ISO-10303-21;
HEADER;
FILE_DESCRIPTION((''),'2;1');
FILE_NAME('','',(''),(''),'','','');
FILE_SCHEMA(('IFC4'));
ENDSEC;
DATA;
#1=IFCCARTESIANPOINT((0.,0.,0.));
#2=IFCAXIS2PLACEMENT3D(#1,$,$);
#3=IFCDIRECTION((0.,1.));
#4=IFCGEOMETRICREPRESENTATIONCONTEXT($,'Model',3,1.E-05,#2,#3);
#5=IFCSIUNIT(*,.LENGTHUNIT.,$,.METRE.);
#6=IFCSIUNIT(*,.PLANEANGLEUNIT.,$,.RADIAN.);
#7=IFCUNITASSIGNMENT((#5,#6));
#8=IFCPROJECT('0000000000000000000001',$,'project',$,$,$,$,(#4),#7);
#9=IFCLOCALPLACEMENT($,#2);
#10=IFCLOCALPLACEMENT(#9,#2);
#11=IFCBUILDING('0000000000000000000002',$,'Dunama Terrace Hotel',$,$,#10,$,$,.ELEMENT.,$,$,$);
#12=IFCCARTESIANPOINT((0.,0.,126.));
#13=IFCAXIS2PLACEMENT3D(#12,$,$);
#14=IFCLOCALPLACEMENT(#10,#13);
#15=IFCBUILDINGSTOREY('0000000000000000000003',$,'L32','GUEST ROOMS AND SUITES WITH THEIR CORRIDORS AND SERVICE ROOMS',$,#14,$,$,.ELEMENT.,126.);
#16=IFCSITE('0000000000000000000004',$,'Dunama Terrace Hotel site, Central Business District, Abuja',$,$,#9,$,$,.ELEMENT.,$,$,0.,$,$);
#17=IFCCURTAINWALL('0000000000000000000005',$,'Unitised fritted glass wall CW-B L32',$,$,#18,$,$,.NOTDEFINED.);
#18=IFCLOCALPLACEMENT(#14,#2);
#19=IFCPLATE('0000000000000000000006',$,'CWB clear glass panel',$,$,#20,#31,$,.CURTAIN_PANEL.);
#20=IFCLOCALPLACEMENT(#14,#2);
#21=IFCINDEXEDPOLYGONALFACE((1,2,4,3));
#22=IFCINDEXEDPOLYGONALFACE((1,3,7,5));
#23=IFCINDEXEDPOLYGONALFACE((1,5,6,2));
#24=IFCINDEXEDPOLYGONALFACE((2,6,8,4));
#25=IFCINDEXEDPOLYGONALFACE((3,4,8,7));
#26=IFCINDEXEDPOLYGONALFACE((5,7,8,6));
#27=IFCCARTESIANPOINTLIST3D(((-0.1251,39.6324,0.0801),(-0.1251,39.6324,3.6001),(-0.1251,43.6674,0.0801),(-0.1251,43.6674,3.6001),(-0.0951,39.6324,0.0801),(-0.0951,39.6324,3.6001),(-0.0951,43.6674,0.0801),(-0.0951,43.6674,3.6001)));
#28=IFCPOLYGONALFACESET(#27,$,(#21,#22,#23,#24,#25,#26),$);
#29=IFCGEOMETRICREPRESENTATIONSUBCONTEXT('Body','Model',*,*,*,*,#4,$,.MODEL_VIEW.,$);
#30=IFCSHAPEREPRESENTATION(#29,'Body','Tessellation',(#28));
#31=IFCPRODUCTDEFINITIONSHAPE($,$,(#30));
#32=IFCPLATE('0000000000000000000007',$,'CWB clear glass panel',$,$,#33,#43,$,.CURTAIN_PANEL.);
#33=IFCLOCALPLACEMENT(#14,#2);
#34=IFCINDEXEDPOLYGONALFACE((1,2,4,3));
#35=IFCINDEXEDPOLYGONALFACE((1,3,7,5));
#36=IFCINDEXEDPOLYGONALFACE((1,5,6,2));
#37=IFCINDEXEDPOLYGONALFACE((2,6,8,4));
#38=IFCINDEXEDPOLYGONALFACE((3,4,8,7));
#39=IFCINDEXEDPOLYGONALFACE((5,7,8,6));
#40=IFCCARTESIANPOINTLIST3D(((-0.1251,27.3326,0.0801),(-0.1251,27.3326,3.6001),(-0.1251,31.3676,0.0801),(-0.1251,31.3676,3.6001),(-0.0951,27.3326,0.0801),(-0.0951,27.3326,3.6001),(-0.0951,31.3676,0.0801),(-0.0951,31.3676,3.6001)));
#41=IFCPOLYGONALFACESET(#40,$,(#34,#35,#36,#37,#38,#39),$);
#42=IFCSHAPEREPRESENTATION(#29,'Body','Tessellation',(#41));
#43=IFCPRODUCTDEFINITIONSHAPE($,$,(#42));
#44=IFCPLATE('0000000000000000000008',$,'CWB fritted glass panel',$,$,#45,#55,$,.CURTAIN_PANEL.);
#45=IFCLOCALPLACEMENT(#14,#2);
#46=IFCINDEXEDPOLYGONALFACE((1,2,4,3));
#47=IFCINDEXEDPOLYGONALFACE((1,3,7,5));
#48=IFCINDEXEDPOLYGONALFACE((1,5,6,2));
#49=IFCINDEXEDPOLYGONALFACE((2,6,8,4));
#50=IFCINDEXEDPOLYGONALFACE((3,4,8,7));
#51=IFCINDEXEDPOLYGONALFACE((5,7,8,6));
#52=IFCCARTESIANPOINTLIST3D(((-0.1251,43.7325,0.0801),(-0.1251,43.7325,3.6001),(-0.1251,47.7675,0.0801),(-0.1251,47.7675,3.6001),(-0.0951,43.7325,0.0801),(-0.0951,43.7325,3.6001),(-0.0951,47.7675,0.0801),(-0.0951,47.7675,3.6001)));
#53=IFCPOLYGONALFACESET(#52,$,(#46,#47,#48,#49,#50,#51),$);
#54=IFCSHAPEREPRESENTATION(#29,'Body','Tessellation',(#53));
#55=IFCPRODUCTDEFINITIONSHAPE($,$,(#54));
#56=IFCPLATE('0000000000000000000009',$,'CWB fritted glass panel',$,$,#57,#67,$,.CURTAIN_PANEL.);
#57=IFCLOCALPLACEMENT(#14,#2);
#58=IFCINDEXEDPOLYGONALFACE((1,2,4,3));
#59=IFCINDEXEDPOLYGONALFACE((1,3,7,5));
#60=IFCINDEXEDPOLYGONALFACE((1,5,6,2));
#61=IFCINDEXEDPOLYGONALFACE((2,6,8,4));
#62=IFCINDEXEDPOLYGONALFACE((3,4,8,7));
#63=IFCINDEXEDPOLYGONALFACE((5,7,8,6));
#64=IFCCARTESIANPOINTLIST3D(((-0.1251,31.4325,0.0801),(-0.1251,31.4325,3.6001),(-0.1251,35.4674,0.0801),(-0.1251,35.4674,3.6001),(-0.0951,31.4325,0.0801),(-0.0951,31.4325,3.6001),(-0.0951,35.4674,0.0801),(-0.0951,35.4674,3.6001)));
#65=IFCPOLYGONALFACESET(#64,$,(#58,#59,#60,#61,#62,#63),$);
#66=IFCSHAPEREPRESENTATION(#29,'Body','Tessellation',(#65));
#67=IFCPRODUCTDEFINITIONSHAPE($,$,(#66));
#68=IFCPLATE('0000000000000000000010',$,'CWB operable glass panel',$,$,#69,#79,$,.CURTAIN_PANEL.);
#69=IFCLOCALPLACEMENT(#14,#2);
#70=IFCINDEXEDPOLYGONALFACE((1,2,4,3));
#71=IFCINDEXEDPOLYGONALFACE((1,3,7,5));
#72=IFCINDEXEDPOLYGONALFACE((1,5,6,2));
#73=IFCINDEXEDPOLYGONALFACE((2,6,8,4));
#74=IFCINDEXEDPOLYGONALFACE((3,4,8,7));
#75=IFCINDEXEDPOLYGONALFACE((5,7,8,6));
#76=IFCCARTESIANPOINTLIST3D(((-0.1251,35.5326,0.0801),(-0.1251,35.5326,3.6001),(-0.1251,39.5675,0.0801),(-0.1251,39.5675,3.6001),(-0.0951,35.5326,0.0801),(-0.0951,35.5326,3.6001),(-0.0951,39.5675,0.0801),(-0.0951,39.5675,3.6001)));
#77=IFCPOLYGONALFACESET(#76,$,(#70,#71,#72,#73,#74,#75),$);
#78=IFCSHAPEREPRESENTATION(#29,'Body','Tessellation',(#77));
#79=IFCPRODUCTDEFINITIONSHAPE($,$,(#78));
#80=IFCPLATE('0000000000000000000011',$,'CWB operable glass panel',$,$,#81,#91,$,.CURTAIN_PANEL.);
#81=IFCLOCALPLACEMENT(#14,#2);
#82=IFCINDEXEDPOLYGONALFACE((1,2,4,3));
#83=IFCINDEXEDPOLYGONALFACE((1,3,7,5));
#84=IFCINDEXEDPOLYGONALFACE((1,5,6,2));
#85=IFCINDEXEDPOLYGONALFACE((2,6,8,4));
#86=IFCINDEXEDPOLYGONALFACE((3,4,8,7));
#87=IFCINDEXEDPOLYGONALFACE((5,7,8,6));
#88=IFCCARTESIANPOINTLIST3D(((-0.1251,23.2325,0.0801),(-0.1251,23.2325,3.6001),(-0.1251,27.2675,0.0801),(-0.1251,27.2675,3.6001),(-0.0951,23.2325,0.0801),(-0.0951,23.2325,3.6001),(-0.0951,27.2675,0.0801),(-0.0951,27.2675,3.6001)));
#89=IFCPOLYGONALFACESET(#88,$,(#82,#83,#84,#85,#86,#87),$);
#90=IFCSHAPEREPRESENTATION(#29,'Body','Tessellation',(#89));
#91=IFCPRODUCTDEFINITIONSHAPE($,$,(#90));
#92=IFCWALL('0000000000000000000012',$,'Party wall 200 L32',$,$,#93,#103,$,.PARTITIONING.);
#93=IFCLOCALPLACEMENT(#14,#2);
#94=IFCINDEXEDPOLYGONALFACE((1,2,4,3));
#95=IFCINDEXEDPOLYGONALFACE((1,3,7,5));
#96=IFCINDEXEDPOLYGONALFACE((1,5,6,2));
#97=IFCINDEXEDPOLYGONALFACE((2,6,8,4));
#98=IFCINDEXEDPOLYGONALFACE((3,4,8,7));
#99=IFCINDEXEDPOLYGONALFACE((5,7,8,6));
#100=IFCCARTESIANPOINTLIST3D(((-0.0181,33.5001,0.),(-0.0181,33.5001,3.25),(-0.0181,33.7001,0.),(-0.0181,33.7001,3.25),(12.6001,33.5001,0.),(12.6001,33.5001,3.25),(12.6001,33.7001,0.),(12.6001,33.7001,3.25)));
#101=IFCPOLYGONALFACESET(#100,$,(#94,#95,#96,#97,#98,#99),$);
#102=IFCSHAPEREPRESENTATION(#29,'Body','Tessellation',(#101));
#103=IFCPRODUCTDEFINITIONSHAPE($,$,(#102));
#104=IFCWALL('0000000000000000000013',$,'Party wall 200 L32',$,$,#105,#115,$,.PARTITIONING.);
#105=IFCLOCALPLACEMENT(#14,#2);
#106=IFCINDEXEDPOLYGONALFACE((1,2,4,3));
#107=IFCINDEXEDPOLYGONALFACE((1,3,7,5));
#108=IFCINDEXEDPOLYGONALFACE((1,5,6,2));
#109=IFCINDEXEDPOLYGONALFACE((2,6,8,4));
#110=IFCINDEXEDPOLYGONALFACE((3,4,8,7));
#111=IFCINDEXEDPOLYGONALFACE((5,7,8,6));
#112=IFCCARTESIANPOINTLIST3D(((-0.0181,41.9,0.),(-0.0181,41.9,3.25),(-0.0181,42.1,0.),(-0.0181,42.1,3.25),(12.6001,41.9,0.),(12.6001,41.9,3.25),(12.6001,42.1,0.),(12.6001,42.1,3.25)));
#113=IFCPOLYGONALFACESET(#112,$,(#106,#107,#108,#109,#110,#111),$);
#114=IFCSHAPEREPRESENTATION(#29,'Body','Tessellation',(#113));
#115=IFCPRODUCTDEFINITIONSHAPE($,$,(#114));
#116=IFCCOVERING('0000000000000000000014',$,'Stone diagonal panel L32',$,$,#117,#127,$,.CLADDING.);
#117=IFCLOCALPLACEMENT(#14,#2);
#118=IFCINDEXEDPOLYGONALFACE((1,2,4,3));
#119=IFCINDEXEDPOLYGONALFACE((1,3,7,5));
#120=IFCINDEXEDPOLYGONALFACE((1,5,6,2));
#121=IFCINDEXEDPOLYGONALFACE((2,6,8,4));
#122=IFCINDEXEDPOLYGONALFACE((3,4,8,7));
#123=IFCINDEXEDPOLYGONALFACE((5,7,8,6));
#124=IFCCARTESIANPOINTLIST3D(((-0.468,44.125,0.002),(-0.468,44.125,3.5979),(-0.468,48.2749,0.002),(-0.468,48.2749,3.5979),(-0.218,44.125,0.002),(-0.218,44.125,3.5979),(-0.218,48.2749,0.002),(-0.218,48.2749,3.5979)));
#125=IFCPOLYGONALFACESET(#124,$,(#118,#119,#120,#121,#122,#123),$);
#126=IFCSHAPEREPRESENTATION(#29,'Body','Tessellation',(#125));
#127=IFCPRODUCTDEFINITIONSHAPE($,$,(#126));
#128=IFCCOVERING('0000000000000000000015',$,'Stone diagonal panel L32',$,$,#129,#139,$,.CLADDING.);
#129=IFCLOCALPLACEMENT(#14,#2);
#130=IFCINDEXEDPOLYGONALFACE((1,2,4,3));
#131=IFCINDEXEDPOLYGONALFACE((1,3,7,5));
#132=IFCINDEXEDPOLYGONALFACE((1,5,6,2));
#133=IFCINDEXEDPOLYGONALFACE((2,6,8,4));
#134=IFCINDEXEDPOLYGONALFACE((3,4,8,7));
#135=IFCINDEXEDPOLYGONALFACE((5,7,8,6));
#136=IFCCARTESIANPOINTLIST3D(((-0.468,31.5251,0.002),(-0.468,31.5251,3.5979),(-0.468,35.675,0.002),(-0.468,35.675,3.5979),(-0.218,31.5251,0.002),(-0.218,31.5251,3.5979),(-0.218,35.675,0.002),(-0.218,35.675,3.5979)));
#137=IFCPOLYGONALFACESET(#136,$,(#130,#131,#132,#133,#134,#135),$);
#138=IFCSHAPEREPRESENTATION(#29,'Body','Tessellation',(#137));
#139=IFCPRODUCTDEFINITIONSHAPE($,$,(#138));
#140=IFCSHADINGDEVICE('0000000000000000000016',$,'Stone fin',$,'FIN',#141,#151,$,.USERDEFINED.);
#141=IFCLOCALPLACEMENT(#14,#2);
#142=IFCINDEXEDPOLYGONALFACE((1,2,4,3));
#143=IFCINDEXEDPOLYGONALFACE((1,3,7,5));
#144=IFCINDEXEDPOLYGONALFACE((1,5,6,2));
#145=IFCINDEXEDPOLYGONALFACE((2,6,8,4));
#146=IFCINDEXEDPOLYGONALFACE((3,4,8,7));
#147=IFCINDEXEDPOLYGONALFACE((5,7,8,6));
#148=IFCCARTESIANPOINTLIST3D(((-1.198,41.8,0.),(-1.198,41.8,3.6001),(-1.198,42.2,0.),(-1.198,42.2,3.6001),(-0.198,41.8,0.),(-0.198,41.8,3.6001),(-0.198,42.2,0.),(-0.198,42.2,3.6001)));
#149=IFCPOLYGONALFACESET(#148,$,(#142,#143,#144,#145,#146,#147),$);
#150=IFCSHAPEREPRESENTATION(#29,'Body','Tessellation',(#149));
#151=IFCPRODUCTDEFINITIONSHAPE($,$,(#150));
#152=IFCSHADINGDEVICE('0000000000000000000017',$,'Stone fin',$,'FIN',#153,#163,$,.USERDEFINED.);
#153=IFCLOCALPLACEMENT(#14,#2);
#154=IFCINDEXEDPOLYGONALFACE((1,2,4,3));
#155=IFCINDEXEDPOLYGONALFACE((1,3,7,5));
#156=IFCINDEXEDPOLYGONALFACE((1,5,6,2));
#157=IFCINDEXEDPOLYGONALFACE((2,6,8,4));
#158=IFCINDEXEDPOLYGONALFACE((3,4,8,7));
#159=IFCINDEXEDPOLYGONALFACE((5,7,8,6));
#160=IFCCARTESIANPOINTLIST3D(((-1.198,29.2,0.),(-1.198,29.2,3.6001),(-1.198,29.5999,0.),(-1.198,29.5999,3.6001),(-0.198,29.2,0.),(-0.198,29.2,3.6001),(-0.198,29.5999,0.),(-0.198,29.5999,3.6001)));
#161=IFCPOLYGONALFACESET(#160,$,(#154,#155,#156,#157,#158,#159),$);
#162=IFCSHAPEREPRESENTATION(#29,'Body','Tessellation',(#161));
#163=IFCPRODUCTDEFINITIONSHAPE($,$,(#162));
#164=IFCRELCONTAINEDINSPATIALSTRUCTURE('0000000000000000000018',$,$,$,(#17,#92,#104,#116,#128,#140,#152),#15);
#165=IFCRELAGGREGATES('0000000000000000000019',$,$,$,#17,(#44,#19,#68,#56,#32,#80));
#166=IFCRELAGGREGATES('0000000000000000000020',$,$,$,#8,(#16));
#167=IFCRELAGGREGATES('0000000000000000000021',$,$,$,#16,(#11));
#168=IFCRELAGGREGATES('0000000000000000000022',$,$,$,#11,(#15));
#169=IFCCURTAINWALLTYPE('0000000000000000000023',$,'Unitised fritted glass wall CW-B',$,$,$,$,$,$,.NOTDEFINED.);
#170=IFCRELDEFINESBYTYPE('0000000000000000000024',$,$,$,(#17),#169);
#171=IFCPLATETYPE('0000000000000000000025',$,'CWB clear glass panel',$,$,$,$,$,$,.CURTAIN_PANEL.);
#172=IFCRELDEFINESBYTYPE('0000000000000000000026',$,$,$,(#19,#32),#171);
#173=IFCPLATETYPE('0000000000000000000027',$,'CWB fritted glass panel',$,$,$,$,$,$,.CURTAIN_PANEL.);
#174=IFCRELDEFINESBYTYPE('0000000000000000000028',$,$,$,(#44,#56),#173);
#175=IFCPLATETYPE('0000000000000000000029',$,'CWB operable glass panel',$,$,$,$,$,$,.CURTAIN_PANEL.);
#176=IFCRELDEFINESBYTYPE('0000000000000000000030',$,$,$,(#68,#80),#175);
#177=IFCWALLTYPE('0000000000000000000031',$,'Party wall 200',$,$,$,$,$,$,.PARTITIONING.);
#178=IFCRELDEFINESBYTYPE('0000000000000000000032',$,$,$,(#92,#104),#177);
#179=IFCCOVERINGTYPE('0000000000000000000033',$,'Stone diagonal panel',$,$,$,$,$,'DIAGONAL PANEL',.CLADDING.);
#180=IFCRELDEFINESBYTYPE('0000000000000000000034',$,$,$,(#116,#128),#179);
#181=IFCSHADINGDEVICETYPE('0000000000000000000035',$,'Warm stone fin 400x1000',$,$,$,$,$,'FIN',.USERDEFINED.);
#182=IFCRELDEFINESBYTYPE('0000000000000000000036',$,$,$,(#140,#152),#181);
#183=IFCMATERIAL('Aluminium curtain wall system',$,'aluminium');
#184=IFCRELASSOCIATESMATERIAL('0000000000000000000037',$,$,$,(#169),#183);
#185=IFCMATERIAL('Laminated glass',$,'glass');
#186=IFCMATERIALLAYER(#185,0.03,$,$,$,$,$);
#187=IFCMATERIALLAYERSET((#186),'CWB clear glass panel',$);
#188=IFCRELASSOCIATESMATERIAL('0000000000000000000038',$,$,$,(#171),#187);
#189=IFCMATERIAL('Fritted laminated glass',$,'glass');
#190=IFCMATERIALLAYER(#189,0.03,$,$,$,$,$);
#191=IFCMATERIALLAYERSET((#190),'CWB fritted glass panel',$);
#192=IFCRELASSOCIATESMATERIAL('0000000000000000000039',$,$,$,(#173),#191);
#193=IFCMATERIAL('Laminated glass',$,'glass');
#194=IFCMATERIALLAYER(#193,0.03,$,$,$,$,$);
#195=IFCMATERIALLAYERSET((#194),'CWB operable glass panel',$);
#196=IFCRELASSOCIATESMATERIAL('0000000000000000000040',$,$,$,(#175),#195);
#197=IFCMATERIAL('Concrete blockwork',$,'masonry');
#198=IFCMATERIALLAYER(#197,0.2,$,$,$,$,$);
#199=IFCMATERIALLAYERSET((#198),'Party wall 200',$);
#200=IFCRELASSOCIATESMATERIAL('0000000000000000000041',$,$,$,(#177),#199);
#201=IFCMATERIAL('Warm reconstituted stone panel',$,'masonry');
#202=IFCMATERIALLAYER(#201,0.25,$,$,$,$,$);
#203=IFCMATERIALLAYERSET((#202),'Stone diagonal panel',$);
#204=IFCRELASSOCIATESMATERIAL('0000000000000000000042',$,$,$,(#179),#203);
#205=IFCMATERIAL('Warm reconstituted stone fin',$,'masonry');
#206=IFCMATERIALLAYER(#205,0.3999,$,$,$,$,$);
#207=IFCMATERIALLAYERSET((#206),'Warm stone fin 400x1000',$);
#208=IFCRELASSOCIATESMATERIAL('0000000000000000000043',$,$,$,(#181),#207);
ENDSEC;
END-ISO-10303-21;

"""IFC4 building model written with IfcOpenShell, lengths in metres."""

from ifc_helpers import new_model, si_unit, direction, frame, frame_2d, origin, origin_2d, place, context, subcontext, project, spatial, rectangle, extrude, material, layer, layer_set, type_object, element, aggregate, save


model = new_model("IFC4")

# Units and contexts
model_context = context("Model", 3, precision=1e-05, world=origin(), true_north=direction((0.0, 1.0)))
body_context = subcontext(model_context, "Body", "Model", "MODEL_VIEW")
ifc_project = project(units=[si_unit("LENGTHUNIT", "METRE"), si_unit("PLANEANGLEUNIT", "RADIAN")], contexts=[model_context])

# Site, building, storey
site_placement = place(None, origin())
site = spatial("IfcSite", under=ifc_project, at=site_placement, Name="Dunama Terrace Hotel site, Central Business District, Abuja", CompositionType="ELEMENT", RefElevation=0.0)
building_placement = place(site_placement, origin())
building = spatial("IfcBuilding", under=site, at=building_placement, Name="Dunama Terrace Hotel", CompositionType="ELEMENT")
storey_placement = place(building_placement, frame((0.0, 0.0, 126.0)))
storey = spatial("IfcBuildingStorey", under=building, at=storey_placement, Name="L32", Description="GUEST ROOMS AND SUITES WITH THEIR CORRIDORS AND SERVICE ROOMS", CompositionType="ELEMENT", Elevation=126.0)

# Curtain wall
ifc_material_1 = material(Name="Aluminium curtain wall system", Category="aluminium")
curtain_wall_type = type_object("IfcCurtainWallType", Name="Unitised fritted glass wall CW-B", PredefinedType="NOTDEFINED", material=ifc_material_1)
curtain_wall_placement = place(storey_placement, origin())
curtain_wall = element("IfcCurtainWall", 1, at=curtain_wall_placement, inside=storey, type_object=curtain_wall_type, Name="Unitised fritted glass wall CW-B L32", PredefinedType="NOTDEFINED")

# Plates
ifc_material_2 = material(Name="Laminated glass", Category="glass")
ifc_layer_1 = layer(ifc_material_2, 0.03)
ifc_layer_set_1 = layer_set([ifc_layer_1], Name="CWB clear glass panel")
plate_type_1 = type_object("IfcPlateType", Name="CWB clear glass panel", PredefinedType="CURTAIN_PANEL", material=ifc_layer_set_1)
plate_1_placement = place(storey_placement, frame((-0.1101, 41.6499, 0.0801), z_axis=(0.0, 0.0, 1.0), x_axis=(0.0, -1.0, 0.0)))
plate_1 = element("IfcPlate", 2, at=plate_1_placement, type_object=plate_type_1, Name="CWB clear glass panel", PredefinedType="CURTAIN_PANEL", context=body_context, shape_type="SweptSolid", body=[
    extrude(rectangle(XDim=4.0349, YDim=0.03, at=origin_2d()), origin(), (0.0, 0.0, 1.0), 3.52),
])
plate_2_placement = place(storey_placement, frame((-0.1101, 29.3501, 0.0801), z_axis=(0.0, 0.0, 1.0), x_axis=(0.0, -1.0, 0.0)))
plate_2 = element("IfcPlate", 3, at=plate_2_placement, type_object=plate_type_1, Name="CWB clear glass panel", PredefinedType="CURTAIN_PANEL", context=body_context, shape_type="SweptSolid", body=[
    extrude(rectangle(XDim=4.0349, YDim=0.03, at=origin_2d()), origin(), (0.0, 0.0, 1.0), 3.52),
])
ifc_material_3 = material(Name="Fritted laminated glass", Category="glass")
ifc_layer_2 = layer(ifc_material_3, 0.03)
ifc_layer_set_2 = layer_set([ifc_layer_2], Name="CWB fritted glass panel")
plate_type_2 = type_object("IfcPlateType", Name="CWB fritted glass panel", PredefinedType="CURTAIN_PANEL", material=ifc_layer_set_2)
plate_3_placement = place(storey_placement, frame((-0.1101, 45.75, 0.0801), z_axis=(0.0, 0.0, 1.0), x_axis=(0.0, -1.0, 0.0)))
plate_3 = element("IfcPlate", 4, at=plate_3_placement, type_object=plate_type_2, Name="CWB fritted glass panel", PredefinedType="CURTAIN_PANEL", context=body_context, shape_type="SweptSolid", body=[
    extrude(rectangle(XDim=4.0349, YDim=0.03, at=origin_2d()), origin(), (0.0, 0.0, 1.0), 3.52),
])
plate_4_placement = place(storey_placement, frame((-0.1101, 33.45, 0.0801), z_axis=(0.0, 0.0, 1.0), x_axis=(0.0, -1.0, 0.0)))
plate_4 = element("IfcPlate", 5, at=plate_4_placement, type_object=plate_type_2, Name="CWB fritted glass panel", PredefinedType="CURTAIN_PANEL", context=body_context, shape_type="SweptSolid", body=[
    extrude(rectangle(XDim=4.0349, YDim=0.03, at=origin_2d()), origin(), (0.0, 0.0, 1.0), 3.52),
])
ifc_material_4 = material(Name="Laminated glass", Category="glass")
ifc_layer_3 = layer(ifc_material_4, 0.03)
ifc_layer_set_3 = layer_set([ifc_layer_3], Name="CWB operable glass panel")
plate_type_3 = type_object("IfcPlateType", Name="CWB operable glass panel", PredefinedType="CURTAIN_PANEL", material=ifc_layer_set_3)
plate_5_placement = place(storey_placement, frame((-0.1101, 37.55, 0.0801), z_axis=(0.0, 0.0, 1.0), x_axis=(0.0, -1.0, 0.0)))
plate_5 = element("IfcPlate", 6, at=plate_5_placement, type_object=plate_type_3, Name="CWB operable glass panel", PredefinedType="CURTAIN_PANEL", context=body_context, shape_type="SweptSolid", body=[
    extrude(rectangle(XDim=4.0349, YDim=0.03, at=origin_2d()), origin(), (0.0, 0.0, 1.0), 3.52),
])
plate_6_placement = place(storey_placement, frame((-0.1101, 25.25, 0.0801), z_axis=(0.0, 0.0, 1.0), x_axis=(0.0, -1.0, 0.0)))
plate_6 = element("IfcPlate", 7, at=plate_6_placement, type_object=plate_type_3, Name="CWB operable glass panel", PredefinedType="CURTAIN_PANEL", context=body_context, shape_type="SweptSolid", body=[
    extrude(rectangle(XDim=4.0349, YDim=0.03, at=origin_2d()), origin(), (0.0, 0.0, 1.0), 3.52),
])
aggregate(curtain_wall, [plate_3, plate_1, plate_5, plate_4, plate_2, plate_6])

# Walls
ifc_material_5 = material(Name="Concrete blockwork", Category="masonry")
ifc_layer_4 = layer(ifc_material_5, 0.2)
ifc_layer_set_4 = layer_set([ifc_layer_4], Name="Party wall 200")
wall_type = type_object("IfcWallType", Name="Party wall 200", PredefinedType="PARTITIONING", material=ifc_layer_set_4)
for number, where, z_axis, x_axis, name in (
    (8, (-0.0181, 33.6001, 0.0), (0.0, 0.0, 1.0), (1.0, 0.0, 0.0), "Party wall 200 L32"),
    (9, (-0.0181, 42.0, 0.0), (0.0, 0.0, 1.0), (1.0, 0.0, 0.0), "Party wall 200 L32"),
):
    element("IfcWall", number, at=place(storey_placement, frame(where, z_axis=z_axis, x_axis=x_axis)), inside=storey, type_object=wall_type, Name=name, PredefinedType="PARTITIONING", context=body_context, shape_type="SweptSolid", body=[
        extrude(rectangle(XDim=12.6182, YDim=0.2, at=frame_2d((6.3091, 0.0))), origin(), (0.0, 0.0, 1.0), 3.25),
    ])

# Coverings
ifc_material_6 = material(Name="Warm reconstituted stone panel", Category="masonry")
ifc_layer_5 = layer(ifc_material_6, 0.25)
ifc_layer_set_5 = layer_set([ifc_layer_5], Name="Stone diagonal panel")
covering_type = type_object("IfcCoveringType", Name="Stone diagonal panel", ElementType="DIAGONAL PANEL", PredefinedType="CLADDING", material=ifc_layer_set_5)
for number, where, z_axis, x_axis, name in (
    (10, (-0.343, 46.2, 0.002), (0.0, 0.0, 1.0), (0.0, -1.0, 0.0), "Stone diagonal panel L32"),
    (11, (-0.343, 33.6001, 0.002), (0.0, 0.0, 1.0), (0.0, -1.0, 0.0), "Stone diagonal panel L32"),
):
    element("IfcCovering", number, at=place(storey_placement, frame(where, z_axis=z_axis, x_axis=x_axis)), inside=storey, type_object=covering_type, Name=name, PredefinedType="CLADDING", context=body_context, shape_type="SweptSolid", body=[
        extrude(rectangle(XDim=4.1499, YDim=0.25, at=origin_2d()), origin(), (0.0, 0.0, 1.0), 3.5959),
    ])

# Shading devices
ifc_material_7 = material(Name="Warm reconstituted stone fin", Category="masonry")
ifc_layer_6 = layer(ifc_material_7, 0.3999)
ifc_layer_set_6 = layer_set([ifc_layer_6], Name="Warm stone fin 400x1000")
shading_device_type = type_object("IfcShadingDeviceType", Name="Warm stone fin 400x1000", ElementType="FIN", PredefinedType="USERDEFINED", material=ifc_layer_set_6)
for number, where, z_axis, x_axis, name in (
    (12, (-0.698, 42.0, 0.0), (0.0, 0.0, 1.0), (0.0, -1.0, 0.0), "Stone fin"),
    (13, (-0.698, 29.3999, 0.0), (0.0, 0.0, 1.0), (0.0, -1.0, 0.0), "Stone fin"),
):
    element("IfcShadingDevice", number, at=place(storey_placement, frame(where, z_axis=z_axis, x_axis=x_axis)), inside=storey, type_object=shading_device_type, Name=name, ObjectType="FIN", PredefinedType="USERDEFINED", context=body_context, shape_type="SweptSolid", body=[
        extrude(rectangle(XDim=0.3999, YDim=1.0, at=origin_2d()), origin(), (0.0, 0.0, 1.0), 3.6001),
    ])

save(model, "model.ifc")
